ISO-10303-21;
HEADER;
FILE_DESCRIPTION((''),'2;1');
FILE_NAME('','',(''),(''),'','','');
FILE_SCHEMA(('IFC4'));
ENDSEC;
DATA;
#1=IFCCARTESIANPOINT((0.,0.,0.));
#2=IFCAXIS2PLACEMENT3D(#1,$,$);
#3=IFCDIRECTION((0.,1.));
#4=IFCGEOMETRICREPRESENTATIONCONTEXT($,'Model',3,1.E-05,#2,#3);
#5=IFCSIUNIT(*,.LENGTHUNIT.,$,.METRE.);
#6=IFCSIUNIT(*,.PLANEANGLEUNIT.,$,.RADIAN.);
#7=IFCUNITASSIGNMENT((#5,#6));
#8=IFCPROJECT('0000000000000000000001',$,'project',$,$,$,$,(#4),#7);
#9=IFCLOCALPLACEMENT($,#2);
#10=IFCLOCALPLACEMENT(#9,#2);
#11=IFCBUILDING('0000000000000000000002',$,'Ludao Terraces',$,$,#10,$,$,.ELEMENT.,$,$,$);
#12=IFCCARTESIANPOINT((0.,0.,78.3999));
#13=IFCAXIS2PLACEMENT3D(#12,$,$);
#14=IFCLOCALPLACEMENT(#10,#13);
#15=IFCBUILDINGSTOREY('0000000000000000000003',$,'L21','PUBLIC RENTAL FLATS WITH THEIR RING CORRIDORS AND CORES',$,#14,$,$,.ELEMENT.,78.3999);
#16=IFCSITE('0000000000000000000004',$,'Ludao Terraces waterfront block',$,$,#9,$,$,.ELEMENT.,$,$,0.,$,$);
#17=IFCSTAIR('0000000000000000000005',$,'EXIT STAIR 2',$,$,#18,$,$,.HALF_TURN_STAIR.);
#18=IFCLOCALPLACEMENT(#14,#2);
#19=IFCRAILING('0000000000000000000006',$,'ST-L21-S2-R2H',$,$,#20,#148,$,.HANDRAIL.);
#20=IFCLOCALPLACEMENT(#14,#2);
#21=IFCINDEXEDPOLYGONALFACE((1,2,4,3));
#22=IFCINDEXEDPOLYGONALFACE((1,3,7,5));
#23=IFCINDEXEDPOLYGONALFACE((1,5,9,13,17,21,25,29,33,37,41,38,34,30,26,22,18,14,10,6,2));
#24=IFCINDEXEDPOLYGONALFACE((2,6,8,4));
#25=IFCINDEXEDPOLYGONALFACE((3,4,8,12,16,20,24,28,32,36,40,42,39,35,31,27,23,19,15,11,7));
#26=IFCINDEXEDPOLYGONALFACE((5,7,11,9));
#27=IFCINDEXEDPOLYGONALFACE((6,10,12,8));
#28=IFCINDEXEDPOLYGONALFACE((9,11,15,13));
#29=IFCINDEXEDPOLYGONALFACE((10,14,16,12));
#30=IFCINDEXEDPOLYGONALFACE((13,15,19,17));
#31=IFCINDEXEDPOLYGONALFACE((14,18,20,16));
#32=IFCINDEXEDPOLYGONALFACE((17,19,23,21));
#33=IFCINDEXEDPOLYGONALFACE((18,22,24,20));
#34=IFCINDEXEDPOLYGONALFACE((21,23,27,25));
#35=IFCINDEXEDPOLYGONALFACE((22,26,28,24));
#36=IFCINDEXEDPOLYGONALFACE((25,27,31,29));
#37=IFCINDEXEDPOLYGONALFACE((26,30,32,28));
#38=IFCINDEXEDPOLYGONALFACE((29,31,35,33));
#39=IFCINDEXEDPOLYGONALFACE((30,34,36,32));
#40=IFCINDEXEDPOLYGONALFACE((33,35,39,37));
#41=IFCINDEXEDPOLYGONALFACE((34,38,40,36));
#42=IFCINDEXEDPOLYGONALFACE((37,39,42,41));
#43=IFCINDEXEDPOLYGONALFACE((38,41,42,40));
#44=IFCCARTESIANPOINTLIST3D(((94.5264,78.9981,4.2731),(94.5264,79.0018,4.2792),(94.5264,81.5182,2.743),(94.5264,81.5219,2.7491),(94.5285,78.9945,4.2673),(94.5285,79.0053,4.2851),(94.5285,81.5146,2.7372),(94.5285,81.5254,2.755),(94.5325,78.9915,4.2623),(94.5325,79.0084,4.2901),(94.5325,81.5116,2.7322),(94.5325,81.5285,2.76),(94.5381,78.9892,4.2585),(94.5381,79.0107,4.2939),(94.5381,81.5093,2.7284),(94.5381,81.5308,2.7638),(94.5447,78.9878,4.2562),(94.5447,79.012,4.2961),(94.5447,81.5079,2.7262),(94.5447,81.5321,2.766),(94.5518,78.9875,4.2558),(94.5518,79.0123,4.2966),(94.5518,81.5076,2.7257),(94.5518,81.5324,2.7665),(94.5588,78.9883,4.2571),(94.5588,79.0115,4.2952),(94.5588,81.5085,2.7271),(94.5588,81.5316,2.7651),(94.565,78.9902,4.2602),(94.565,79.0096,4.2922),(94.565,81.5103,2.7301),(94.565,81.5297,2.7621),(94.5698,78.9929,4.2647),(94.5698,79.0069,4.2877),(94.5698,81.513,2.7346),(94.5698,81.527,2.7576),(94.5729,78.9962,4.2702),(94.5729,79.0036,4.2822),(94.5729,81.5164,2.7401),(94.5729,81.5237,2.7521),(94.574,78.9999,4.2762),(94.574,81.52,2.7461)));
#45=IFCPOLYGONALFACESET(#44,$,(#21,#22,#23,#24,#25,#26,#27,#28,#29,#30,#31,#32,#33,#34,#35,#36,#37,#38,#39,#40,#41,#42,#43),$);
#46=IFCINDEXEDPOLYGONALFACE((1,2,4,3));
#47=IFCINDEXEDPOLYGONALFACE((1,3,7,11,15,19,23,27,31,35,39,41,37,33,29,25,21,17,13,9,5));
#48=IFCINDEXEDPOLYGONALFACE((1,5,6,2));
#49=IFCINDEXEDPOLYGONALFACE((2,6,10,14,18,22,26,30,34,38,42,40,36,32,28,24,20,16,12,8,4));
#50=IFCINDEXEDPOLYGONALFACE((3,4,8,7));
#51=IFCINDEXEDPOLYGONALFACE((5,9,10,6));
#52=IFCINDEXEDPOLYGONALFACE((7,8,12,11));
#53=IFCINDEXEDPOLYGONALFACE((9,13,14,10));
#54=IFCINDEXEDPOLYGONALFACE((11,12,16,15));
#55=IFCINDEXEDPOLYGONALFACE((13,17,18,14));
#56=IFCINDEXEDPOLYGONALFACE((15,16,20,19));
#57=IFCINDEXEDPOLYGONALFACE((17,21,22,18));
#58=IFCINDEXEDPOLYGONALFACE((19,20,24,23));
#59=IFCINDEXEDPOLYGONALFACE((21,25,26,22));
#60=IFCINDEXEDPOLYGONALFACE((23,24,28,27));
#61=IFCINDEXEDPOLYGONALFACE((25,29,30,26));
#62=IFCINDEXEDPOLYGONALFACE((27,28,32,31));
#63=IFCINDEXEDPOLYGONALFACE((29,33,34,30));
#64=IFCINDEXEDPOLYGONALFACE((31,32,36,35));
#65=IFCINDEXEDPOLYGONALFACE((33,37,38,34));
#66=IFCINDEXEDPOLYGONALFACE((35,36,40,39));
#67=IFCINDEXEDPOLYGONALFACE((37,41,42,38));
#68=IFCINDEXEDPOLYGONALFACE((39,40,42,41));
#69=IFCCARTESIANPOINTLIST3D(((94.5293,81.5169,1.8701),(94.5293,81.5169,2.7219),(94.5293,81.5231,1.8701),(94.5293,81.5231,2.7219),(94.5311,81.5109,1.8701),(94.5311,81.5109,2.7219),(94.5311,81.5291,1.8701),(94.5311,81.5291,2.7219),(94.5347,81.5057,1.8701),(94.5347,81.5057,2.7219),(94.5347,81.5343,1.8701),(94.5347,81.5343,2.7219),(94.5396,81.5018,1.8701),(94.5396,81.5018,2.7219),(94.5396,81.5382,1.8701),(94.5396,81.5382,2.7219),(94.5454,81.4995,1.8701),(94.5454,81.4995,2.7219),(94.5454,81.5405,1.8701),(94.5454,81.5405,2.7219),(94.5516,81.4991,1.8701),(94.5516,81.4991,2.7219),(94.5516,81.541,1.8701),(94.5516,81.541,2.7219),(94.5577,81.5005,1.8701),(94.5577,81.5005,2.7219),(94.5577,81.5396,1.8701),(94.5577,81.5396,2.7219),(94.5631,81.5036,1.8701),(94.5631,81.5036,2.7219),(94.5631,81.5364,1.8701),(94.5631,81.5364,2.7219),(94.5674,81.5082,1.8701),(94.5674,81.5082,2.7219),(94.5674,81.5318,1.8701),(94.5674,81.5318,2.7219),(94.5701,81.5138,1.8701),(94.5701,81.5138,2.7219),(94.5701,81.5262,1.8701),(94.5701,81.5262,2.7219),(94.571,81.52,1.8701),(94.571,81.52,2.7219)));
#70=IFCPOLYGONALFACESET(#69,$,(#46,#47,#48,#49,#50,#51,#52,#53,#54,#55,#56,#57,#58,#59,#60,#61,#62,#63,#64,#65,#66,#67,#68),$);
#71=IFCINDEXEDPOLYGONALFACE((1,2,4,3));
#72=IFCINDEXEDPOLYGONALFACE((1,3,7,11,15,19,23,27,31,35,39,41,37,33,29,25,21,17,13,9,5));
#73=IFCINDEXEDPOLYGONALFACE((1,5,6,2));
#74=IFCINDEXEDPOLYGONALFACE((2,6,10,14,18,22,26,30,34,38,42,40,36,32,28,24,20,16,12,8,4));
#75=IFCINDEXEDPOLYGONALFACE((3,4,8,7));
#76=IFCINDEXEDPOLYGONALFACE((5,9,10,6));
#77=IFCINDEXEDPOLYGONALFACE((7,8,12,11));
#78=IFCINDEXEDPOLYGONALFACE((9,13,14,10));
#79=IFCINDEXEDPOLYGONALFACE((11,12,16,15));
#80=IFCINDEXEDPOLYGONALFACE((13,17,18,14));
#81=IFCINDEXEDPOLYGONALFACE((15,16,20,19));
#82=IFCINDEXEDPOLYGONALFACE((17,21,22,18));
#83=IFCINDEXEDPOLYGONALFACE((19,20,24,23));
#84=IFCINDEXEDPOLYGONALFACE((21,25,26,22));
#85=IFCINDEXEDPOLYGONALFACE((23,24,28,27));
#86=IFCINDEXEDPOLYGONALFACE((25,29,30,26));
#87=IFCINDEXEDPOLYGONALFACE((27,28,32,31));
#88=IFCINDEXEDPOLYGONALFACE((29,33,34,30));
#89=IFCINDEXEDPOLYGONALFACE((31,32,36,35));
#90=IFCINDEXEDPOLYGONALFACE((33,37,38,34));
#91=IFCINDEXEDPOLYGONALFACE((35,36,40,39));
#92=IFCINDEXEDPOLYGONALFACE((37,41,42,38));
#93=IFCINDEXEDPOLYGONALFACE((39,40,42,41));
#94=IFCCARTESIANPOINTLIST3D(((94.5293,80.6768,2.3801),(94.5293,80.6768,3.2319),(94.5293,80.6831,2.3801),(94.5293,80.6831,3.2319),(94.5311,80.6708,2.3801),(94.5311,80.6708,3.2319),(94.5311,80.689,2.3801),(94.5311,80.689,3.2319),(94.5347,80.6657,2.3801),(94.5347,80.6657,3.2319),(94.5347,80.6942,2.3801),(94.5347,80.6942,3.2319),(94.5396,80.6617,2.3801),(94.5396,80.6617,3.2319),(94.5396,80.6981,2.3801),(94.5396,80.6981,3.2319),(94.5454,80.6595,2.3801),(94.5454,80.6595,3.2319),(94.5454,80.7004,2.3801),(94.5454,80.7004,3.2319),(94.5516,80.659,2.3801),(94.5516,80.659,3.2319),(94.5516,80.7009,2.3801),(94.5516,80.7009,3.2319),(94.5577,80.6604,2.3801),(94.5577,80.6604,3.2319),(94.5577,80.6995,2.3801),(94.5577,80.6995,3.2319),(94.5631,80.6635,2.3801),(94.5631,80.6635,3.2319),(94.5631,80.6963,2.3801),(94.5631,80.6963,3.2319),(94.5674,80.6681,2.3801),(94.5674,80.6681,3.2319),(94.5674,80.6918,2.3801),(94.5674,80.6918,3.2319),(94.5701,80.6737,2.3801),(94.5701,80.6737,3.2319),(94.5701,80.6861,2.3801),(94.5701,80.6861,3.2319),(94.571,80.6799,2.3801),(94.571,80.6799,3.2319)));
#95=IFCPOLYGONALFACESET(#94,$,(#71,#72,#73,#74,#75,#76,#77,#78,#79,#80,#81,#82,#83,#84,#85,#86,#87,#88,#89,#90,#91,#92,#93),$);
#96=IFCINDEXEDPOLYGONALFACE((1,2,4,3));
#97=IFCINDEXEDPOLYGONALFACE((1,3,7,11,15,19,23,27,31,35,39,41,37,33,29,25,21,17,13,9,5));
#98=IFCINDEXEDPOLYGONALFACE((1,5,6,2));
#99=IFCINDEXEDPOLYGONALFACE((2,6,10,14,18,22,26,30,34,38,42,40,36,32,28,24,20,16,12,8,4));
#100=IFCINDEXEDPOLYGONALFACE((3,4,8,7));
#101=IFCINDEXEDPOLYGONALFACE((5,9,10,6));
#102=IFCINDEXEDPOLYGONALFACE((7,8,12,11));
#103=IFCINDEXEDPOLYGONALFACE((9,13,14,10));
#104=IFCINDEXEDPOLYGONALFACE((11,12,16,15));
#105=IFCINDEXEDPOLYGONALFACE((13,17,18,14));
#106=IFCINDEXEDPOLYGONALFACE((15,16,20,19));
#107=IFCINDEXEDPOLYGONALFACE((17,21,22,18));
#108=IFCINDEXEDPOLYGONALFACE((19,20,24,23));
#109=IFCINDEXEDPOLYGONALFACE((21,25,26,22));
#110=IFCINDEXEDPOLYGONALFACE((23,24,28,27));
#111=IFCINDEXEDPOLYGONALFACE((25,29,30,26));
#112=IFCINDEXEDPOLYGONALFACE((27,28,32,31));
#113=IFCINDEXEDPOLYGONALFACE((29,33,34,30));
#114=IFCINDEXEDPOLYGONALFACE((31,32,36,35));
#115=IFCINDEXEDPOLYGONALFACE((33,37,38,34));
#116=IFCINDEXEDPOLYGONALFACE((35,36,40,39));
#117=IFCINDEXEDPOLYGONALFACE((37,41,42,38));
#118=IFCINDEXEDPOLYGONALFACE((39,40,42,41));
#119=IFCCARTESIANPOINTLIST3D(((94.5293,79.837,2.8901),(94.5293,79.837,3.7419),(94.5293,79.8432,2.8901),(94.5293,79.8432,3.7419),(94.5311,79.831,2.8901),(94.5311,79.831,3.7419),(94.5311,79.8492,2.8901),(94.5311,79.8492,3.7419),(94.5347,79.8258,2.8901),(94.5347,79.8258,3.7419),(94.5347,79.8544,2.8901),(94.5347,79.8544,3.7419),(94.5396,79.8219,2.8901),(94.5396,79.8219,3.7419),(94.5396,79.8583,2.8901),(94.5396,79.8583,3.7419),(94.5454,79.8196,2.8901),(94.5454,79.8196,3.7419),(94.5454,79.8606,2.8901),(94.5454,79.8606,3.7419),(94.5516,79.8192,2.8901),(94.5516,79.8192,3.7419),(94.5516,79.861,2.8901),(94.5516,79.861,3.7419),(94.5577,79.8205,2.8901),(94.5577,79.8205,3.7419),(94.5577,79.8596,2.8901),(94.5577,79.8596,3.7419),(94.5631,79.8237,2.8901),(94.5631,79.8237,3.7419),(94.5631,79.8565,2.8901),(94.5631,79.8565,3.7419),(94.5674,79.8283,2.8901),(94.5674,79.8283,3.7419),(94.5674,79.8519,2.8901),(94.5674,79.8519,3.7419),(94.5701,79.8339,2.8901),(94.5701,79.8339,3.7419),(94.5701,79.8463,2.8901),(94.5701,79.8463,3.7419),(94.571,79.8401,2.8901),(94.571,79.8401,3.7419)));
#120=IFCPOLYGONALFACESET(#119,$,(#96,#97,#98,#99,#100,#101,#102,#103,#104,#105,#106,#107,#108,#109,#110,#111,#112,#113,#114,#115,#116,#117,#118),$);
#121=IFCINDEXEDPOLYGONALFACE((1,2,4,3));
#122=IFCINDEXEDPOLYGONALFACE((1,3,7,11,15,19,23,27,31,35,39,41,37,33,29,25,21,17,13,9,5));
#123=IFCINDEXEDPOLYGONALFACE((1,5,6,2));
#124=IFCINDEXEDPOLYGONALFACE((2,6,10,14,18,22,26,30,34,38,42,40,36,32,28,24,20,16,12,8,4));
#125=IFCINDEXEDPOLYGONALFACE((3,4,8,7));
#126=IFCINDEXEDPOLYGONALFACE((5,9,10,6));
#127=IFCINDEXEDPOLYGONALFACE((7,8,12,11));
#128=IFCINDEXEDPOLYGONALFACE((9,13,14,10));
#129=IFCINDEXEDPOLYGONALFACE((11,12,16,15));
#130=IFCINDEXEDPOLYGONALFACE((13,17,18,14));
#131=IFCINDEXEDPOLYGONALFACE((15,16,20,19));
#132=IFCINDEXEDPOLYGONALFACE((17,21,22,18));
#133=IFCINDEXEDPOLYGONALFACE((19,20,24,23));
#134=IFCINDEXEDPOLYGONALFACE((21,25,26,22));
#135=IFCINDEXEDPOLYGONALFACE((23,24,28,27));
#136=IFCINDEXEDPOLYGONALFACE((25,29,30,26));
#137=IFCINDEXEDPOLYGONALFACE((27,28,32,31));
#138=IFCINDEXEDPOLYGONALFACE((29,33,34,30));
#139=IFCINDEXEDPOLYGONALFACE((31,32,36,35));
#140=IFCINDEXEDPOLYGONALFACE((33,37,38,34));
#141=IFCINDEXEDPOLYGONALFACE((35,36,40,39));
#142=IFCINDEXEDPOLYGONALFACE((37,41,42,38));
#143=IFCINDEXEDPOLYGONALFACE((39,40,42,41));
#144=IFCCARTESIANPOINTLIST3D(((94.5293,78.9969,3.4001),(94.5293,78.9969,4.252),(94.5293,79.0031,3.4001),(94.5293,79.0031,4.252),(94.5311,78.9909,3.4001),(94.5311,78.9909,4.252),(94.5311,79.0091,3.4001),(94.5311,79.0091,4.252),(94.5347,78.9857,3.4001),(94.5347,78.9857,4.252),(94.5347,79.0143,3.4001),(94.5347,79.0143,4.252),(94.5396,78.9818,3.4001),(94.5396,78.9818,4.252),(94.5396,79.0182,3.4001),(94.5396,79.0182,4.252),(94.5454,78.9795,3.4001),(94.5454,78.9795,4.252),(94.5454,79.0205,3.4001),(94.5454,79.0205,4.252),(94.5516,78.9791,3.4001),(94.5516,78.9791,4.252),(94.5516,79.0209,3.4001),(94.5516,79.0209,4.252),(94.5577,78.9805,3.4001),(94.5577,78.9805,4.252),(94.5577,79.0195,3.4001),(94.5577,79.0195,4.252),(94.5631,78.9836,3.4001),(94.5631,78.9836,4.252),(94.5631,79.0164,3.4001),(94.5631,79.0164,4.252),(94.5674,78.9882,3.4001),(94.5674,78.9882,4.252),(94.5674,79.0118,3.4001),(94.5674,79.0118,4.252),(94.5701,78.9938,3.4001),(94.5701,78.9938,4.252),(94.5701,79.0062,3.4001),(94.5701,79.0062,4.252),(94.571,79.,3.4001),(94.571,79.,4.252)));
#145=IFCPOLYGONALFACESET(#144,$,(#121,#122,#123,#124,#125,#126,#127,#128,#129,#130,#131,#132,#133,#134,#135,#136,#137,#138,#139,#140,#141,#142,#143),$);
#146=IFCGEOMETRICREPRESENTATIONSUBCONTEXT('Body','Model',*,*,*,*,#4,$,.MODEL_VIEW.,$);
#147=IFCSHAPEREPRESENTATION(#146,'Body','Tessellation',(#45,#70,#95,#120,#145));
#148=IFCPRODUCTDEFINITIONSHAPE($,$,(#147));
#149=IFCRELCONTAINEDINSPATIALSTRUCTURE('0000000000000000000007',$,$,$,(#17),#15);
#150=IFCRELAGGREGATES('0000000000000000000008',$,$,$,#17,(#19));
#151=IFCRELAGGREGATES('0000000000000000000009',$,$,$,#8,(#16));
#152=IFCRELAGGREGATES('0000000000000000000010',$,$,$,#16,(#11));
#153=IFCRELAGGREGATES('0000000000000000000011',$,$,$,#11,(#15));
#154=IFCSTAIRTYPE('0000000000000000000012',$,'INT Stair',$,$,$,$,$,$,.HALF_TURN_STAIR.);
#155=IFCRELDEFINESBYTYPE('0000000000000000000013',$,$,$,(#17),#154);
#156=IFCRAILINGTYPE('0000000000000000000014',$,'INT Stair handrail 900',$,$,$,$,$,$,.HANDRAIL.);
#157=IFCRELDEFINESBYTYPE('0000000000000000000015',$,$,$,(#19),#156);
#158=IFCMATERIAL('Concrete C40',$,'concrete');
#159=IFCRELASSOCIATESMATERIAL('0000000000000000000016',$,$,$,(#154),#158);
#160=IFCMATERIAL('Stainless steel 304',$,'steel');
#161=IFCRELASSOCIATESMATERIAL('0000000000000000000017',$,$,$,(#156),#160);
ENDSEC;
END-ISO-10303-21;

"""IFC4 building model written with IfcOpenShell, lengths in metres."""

from ifc_helpers import new_model, si_unit, direction, frame, origin, origin_2d, place, context, subcontext, project, spatial, circle, extrude, material, type_object, element, aggregate, save


model = new_model("IFC4")

# Units and contexts
model_context = context("Model", 3, precision=1e-05, world=origin(), true_north=direction((0.0, 1.0)))
body_context = subcontext(model_context, "Body", "Model", "MODEL_VIEW")
ifc_project = project(units=[si_unit("LENGTHUNIT", "METRE"), si_unit("PLANEANGLEUNIT", "RADIAN")], contexts=[model_context])

# Site, building, storey
site_placement = place(None, origin())
site = spatial("IfcSite", under=ifc_project, at=site_placement, Name="Ludao Terraces waterfront block", CompositionType="ELEMENT", RefElevation=0.0)
building_placement = place(site_placement, origin())
building = spatial("IfcBuilding", under=site, at=building_placement, Name="Ludao Terraces", CompositionType="ELEMENT")
storey_placement = place(building_placement, frame((0.0, 0.0, 78.3999)))
storey = spatial("IfcBuildingStorey", under=building, at=storey_placement, Name="L21", Description="PUBLIC RENTAL FLATS WITH THEIR RING CORRIDORS AND CORES", CompositionType="ELEMENT", Elevation=78.3999)

# Shared definitions
ifc_material_1 = material(Name="Concrete C40", Category="concrete")

# Stair, railing
stair_type = type_object("IfcStairType", Name="INT Stair", PredefinedType="HALF_TURN_STAIR", material=ifc_material_1)
stair_placement = place(storey_placement, origin())
stair = element("IfcStair", 1, at=stair_placement, inside=storey, type_object=stair_type, Name="EXIT STAIR 2", PredefinedType="HALF_TURN_STAIR")
ifc_material_2 = material(Name="Stainless steel 304", Category="steel")
railing_type_1 = type_object("IfcRailingType", Name="INT Stair handrail 900", PredefinedType="HANDRAIL", material=ifc_material_2)
railing_1_placement = place(storey_placement, frame((94.55, 81.52, 1.8701)))
railing_1 = element("IfcRailing", 2, at=railing_1_placement, type_object=railing_type_1, Name="ST-L21-S2-R2H", PredefinedType="HANDRAIL", context=body_context, shape_type="SweptSolid", body=[
    extrude(circle(Radius=0.0239, at=origin_2d()), frame((0.0, 0.0, 0.876), z_axis=(0.0, -0.854785, 0.518982), x_axis=(1.0, 0.0, 0.0)), (0.0, 0.0, 1.0), 2.9482),
    extrude(circle(Radius=0.021, at=origin_2d()), origin(), (0.0, 0.0, 1.0), 0.8518),
    extrude(circle(Radius=0.021, at=origin_2d()), frame((0.0, -0.8401, 0.51)), (0.0, 0.0, 1.0), 0.8518),
    extrude(circle(Radius=0.021, at=origin_2d()), frame((0.0, -1.6799, 1.02)), (0.0, 0.0, 1.0), 0.8518),
    extrude(circle(Radius=0.021, at=origin_2d()), frame((0.0, -2.52, 1.53)), (0.0, 0.0, 1.0), 0.8518),
])
aggregate(stair, [railing_1])

save(model, "model.ifc")
